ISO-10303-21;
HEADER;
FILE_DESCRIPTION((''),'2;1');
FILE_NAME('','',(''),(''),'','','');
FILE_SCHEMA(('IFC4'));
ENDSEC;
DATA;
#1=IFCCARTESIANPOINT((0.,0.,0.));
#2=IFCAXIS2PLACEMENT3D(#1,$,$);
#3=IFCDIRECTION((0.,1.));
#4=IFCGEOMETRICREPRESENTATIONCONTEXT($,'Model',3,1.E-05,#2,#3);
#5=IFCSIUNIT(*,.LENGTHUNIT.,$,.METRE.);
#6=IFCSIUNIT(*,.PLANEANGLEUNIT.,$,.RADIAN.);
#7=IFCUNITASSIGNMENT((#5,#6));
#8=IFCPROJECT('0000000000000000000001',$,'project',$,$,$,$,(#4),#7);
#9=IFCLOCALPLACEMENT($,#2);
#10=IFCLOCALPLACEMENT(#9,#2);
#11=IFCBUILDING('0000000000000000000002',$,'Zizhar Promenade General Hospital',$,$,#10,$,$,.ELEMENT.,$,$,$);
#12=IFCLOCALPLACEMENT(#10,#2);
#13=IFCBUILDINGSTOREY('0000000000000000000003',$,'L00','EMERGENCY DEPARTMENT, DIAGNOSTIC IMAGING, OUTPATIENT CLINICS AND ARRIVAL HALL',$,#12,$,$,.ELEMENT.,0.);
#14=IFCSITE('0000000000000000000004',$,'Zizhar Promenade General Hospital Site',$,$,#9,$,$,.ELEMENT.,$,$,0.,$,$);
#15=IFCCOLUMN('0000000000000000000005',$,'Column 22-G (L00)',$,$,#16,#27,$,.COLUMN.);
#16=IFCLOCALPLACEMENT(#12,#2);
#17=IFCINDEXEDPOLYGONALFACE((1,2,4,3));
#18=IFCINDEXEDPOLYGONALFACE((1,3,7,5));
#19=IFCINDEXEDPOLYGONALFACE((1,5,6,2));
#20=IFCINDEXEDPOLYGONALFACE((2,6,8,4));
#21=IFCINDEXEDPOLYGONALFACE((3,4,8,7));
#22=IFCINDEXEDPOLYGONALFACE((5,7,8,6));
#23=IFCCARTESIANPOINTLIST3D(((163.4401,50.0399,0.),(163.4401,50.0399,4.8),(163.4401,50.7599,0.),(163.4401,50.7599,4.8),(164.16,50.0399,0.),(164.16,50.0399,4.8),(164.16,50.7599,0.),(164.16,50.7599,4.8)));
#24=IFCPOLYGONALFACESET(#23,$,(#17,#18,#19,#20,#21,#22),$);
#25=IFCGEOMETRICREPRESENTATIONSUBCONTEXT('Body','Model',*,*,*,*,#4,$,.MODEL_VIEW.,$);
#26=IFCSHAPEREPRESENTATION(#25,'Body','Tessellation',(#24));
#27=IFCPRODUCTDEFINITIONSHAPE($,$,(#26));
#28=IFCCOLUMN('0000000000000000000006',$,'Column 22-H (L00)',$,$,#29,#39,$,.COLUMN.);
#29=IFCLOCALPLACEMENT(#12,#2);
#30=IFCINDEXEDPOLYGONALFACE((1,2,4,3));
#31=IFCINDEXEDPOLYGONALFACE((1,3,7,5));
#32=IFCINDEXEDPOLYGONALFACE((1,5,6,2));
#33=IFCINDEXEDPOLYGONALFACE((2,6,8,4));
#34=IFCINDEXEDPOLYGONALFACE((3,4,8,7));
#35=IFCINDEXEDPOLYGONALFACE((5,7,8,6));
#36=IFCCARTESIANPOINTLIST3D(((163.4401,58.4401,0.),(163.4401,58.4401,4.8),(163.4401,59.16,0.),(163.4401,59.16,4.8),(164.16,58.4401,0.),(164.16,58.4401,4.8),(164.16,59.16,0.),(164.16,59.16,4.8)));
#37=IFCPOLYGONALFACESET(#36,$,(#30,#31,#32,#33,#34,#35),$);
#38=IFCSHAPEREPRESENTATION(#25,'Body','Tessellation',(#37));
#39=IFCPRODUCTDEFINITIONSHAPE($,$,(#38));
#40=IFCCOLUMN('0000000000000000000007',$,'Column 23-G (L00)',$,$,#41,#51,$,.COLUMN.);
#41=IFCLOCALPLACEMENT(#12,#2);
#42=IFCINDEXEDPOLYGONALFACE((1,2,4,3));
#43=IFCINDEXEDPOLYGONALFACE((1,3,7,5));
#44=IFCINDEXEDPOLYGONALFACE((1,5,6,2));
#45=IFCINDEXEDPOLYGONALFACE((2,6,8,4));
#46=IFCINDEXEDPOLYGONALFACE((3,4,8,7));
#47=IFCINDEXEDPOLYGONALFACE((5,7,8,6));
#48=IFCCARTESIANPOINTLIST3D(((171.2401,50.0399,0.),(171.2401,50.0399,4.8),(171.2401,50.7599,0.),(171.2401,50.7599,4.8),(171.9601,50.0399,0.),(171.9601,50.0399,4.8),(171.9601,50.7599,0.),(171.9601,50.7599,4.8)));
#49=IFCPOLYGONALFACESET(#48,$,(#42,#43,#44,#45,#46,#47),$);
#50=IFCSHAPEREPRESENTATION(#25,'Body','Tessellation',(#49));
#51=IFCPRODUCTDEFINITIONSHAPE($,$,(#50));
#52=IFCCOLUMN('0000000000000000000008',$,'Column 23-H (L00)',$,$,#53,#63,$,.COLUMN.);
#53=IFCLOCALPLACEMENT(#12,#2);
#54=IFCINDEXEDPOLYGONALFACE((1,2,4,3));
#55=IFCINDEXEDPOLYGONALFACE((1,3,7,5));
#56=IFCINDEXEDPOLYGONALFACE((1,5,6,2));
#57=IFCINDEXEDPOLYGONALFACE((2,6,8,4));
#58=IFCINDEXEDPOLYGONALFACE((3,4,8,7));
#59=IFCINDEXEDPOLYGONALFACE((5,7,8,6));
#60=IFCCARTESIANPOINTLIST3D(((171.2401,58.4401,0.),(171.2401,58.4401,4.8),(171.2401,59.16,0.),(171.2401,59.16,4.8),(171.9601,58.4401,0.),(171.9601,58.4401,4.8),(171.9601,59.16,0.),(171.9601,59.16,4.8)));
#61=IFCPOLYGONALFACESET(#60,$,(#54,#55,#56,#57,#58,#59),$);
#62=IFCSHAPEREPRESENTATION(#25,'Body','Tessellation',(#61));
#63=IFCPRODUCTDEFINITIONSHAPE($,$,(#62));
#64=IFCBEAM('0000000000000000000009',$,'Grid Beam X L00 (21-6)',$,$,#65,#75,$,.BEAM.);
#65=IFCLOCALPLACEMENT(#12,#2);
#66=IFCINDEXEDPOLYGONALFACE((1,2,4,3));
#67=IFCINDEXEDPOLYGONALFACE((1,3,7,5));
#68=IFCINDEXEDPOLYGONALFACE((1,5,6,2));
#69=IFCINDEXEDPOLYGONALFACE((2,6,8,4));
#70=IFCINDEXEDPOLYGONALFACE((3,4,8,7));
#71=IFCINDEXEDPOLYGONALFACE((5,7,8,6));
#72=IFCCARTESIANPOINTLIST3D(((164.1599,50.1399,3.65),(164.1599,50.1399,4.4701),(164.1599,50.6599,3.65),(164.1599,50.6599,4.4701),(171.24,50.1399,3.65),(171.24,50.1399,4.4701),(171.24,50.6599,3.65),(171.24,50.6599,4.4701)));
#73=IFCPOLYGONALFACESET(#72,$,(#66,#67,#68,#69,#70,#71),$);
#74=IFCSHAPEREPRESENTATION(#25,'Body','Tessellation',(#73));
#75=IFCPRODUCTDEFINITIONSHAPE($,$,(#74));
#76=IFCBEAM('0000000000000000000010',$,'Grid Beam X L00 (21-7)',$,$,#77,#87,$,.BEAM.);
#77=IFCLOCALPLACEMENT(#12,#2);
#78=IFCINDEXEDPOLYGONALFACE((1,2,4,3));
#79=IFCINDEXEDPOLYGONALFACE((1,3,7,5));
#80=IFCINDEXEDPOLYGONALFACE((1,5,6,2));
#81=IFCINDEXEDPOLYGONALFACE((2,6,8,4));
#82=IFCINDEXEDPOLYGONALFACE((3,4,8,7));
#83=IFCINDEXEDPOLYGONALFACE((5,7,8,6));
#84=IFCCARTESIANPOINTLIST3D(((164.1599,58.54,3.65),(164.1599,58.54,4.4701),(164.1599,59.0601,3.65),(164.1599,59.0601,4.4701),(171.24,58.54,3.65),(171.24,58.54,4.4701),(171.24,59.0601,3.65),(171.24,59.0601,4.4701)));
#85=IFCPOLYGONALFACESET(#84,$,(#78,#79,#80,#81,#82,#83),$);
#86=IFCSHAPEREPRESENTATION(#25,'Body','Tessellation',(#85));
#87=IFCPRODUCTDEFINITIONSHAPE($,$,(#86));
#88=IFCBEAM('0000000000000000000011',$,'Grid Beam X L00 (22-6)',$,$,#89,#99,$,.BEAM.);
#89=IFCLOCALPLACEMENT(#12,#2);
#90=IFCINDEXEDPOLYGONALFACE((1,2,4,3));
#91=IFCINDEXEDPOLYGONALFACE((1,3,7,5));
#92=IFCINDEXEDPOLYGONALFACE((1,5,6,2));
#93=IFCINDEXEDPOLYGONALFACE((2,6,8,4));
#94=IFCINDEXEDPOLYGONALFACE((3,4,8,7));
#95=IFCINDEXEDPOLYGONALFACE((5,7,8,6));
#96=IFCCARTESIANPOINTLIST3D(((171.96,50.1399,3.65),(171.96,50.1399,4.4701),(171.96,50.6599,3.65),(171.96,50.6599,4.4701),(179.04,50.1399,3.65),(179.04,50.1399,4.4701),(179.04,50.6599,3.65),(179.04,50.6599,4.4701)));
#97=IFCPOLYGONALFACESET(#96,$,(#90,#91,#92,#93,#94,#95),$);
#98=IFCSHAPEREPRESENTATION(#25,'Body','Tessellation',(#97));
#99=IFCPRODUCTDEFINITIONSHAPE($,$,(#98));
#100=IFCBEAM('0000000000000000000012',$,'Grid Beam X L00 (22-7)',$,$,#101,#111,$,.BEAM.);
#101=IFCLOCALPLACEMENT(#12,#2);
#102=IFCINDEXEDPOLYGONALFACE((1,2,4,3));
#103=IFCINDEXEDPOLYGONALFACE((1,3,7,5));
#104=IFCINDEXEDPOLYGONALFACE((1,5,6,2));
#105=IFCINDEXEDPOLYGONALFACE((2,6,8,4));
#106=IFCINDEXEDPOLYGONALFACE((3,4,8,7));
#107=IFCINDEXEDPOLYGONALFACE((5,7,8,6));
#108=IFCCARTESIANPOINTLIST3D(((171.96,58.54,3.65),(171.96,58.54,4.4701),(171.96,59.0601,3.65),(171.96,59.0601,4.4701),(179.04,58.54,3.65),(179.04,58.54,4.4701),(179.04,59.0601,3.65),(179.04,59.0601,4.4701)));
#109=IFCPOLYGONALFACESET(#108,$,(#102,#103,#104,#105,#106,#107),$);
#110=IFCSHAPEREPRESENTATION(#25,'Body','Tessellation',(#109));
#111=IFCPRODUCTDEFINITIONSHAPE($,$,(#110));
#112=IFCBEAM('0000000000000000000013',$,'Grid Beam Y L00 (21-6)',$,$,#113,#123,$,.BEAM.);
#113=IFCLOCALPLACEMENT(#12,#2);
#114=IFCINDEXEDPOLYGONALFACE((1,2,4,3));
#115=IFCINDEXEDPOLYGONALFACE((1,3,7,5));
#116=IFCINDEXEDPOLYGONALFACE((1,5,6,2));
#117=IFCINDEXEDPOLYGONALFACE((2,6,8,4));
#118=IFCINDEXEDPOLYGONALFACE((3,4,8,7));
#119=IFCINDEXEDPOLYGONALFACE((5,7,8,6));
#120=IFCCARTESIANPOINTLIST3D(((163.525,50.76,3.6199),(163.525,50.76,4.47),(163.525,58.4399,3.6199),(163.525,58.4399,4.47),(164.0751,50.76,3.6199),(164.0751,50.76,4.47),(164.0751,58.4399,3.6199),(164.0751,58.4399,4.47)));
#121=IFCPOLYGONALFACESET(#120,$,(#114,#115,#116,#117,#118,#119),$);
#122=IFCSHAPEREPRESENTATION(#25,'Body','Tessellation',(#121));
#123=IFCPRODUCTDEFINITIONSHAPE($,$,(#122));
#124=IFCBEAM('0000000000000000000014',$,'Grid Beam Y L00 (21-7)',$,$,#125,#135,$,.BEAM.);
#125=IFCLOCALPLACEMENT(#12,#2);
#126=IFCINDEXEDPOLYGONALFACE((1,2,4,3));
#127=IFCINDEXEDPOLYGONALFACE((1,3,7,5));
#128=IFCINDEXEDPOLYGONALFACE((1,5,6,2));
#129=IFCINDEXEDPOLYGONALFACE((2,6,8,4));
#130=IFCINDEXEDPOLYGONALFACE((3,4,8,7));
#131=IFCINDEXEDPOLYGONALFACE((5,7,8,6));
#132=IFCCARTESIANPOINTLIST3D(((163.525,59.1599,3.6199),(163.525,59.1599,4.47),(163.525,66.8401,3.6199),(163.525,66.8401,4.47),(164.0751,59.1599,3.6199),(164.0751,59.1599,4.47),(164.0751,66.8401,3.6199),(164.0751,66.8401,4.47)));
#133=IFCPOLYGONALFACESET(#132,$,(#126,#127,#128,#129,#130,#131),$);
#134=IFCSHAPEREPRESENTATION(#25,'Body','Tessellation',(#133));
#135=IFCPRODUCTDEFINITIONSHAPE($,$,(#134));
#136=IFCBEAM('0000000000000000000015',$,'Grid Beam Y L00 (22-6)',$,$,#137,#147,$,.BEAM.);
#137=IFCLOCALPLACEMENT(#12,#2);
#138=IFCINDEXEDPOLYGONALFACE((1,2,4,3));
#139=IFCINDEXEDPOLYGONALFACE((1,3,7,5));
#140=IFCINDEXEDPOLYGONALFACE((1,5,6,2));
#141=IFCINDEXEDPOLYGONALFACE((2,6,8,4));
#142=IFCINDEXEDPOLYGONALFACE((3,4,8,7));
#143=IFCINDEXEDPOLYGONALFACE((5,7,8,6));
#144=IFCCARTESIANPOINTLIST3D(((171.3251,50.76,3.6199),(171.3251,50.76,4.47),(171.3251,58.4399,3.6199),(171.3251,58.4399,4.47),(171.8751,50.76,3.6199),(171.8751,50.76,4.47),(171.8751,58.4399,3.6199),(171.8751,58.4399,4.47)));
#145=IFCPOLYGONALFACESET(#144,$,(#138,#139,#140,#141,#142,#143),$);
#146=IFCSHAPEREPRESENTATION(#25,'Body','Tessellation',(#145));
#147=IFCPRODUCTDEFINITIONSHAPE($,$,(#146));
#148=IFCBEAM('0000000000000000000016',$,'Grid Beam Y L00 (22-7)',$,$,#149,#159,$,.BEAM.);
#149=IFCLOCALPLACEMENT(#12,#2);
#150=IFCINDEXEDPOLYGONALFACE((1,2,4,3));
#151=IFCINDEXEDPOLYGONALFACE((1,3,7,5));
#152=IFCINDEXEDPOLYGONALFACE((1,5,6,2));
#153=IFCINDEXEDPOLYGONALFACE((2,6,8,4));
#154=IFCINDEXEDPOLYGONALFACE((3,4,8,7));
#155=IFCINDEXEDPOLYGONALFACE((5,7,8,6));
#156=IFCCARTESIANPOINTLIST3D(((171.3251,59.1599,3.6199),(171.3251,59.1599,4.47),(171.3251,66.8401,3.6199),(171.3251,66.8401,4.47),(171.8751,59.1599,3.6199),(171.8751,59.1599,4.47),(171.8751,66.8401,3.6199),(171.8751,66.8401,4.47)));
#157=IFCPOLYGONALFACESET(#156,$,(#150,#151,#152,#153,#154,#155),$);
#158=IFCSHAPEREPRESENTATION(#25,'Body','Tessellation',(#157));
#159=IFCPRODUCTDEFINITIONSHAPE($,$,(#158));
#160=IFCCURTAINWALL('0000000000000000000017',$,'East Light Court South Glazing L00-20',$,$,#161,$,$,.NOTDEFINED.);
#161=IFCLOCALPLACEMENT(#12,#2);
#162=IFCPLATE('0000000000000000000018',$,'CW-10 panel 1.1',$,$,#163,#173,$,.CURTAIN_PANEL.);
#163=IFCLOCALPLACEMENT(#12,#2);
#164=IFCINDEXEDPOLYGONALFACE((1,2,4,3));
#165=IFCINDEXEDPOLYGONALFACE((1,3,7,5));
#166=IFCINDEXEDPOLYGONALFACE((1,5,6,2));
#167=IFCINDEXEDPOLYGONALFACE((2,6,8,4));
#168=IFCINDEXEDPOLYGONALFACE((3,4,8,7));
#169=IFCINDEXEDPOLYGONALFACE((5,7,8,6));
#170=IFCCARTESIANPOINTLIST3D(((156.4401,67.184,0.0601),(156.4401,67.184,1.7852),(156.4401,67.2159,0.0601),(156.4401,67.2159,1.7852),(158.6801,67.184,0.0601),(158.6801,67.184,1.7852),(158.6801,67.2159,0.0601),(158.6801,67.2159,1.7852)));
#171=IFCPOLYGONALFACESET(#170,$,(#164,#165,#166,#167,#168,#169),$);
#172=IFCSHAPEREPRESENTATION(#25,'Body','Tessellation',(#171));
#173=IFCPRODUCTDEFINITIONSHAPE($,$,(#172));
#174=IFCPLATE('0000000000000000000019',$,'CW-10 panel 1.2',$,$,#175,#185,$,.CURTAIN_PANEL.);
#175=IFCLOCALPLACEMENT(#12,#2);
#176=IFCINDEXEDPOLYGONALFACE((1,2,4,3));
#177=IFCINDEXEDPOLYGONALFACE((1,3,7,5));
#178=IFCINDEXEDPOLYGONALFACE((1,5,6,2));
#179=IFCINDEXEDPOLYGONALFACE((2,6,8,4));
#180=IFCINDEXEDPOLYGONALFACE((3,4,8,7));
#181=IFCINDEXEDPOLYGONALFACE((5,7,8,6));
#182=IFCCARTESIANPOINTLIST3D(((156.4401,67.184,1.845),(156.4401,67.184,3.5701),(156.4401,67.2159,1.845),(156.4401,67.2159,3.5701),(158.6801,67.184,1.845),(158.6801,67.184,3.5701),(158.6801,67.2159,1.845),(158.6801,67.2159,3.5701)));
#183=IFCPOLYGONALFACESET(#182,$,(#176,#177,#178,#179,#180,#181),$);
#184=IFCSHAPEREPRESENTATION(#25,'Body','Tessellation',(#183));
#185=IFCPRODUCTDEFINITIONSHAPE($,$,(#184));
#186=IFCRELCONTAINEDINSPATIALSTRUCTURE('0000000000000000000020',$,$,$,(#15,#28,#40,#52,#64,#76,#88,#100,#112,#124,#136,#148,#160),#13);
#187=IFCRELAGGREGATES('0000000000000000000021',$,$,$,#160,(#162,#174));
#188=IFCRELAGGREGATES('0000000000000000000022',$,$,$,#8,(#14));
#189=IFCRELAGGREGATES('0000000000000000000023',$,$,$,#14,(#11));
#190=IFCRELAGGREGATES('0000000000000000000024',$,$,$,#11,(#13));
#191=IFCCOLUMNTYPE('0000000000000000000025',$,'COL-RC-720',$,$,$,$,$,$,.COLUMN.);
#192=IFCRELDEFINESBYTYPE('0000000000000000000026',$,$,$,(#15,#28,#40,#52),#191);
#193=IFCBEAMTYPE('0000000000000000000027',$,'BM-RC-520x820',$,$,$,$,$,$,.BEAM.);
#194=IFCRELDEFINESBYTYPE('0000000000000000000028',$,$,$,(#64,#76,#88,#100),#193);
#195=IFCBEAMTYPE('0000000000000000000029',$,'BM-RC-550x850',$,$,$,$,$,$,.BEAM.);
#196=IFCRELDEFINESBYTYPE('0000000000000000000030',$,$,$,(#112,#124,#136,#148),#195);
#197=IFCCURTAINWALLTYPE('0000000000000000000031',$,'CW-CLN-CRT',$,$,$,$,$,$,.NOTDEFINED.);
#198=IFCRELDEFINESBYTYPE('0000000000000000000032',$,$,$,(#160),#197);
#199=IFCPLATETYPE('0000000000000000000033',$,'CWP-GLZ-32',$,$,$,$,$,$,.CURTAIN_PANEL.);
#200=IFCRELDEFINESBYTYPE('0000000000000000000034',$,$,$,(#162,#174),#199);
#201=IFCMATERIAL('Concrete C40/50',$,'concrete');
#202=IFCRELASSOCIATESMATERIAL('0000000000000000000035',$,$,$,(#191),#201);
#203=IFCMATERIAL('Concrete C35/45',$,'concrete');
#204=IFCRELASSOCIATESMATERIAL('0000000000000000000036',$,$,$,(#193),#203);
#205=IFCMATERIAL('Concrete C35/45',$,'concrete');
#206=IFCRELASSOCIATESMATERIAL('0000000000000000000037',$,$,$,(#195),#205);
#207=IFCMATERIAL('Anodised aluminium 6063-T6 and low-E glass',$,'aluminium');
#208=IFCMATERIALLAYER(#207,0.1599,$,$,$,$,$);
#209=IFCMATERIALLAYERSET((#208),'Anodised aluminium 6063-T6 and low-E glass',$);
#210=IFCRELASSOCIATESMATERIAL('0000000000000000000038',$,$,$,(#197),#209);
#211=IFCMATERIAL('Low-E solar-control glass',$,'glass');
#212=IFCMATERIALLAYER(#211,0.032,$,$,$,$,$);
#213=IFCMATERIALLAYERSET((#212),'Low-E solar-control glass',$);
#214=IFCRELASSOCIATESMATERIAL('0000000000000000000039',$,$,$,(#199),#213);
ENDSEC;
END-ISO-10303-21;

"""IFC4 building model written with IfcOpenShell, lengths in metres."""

from ifc_helpers import new_model, si_unit, direction, frame, origin, origin_2d, place, context, subcontext, project, spatial, rectangle, extrude, material, layer, layer_set, material_profile, profile_set, type_object, element, aggregate, save


model = new_model("IFC4")

# Units and contexts
model_context = context("Model", 3, precision=1e-05, world=origin(), true_north=direction((0.0, 1.0)))
body_context = subcontext(model_context, "Body", "Model", "MODEL_VIEW")
ifc_project = project(units=[si_unit("LENGTHUNIT", "METRE"), si_unit("PLANEANGLEUNIT", "RADIAN")], contexts=[model_context])

# Site, building, storey
site_placement = place(None, origin())
site = spatial("IfcSite", under=ifc_project, at=site_placement, Name="Zizhar Promenade General Hospital Site", CompositionType="ELEMENT", RefElevation=0.0)
building_placement = place(site_placement, origin())
building = spatial("IfcBuilding", under=site, at=building_placement, Name="Zizhar Promenade General Hospital", CompositionType="ELEMENT")
storey_placement = place(building_placement, origin())
storey = spatial("IfcBuildingStorey", under=building, at=storey_placement, Name="L00", Description="EMERGENCY DEPARTMENT, DIAGNOSTIC IMAGING, OUTPATIENT CLINICS AND ARRIVAL HALL", CompositionType="ELEMENT", Elevation=0.0)

# Columns
ifc_material_1 = material(Name="Concrete C40/50", Category="concrete")
ifc_material_profile_1 = material_profile(ifc_material_1, rectangle(XDim=0.72, YDim=0.72, at=origin_2d()))
ifc_profile_set_1 = profile_set([ifc_material_profile_1], Name="Concrete C40/50")
column_type = type_object("IfcColumnType", Name="COL-RC-720", PredefinedType="COLUMN", material=ifc_profile_set_1)
for number, where, z_axis, x_axis, name in (
    (1, (163.8, 50.3999, 0.0), (0.0, 0.0, 1.0), (1.0, 0.0, 0.0), "Column 22-G (L00)"),
    (2, (163.8, 58.8, 0.0), (0.0, 0.0, 1.0), (1.0, 0.0, 0.0), "Column 22-H (L00)"),
    (3, (171.6001, 50.3999, 0.0), (0.0, 0.0, 1.0), (1.0, 0.0, 0.0), "Column 23-G (L00)"),
    (4, (171.6001, 58.8, 0.0), (0.0, 0.0, 1.0), (1.0, 0.0, 0.0), "Column 23-H (L00)"),
):
    element("IfcColumn", number, at=place(storey_placement, frame(where, z_axis=z_axis, x_axis=x_axis)), inside=storey, type_object=column_type, Name=name, PredefinedType="COLUMN", context=body_context, shape_type="SweptSolid", body=[
        extrude(rectangle(XDim=0.72, YDim=0.72, at=origin_2d()), origin(), (0.0, 0.0, 1.0), 4.8),
    ])

# Beams
ifc_material_2 = material(Name="Concrete C35/45", Category="concrete")
ifc_material_profile_2 = material_profile(ifc_material_2, rectangle(XDim=0.52, YDim=0.8201, at=origin_2d()))
ifc_profile_set_2 = profile_set([ifc_material_profile_2], Name="Concrete C35/45")
beam_type_1 = type_object("IfcBeamType", Name="BM-RC-520x820", PredefinedType="BEAM", material=ifc_profile_set_2)
for number, where, z_axis, x_axis, name in (
    (5, (164.1599, 50.3999, 4.0601), (1.0, 0.0, 0.0), (0.0, 1.0, 0.0), "Grid Beam X L00 (21-6)"),
    (6, (164.1599, 58.8, 4.0601), (1.0, 0.0, 0.0), (0.0, 1.0, 0.0), "Grid Beam X L00 (21-7)"),
    (7, (171.96, 50.3999, 4.0601), (1.0, 0.0, 0.0), (0.0, 1.0, 0.0), "Grid Beam X L00 (22-6)"),
    (8, (171.96, 58.8, 4.0601), (1.0, 0.0, 0.0), (0.0, 1.0, 0.0), "Grid Beam X L00 (22-7)"),
):
    element("IfcBeam", number, at=place(storey_placement, frame(where, z_axis=z_axis, x_axis=x_axis)), inside=storey, type_object=beam_type_1, Name=name, PredefinedType="BEAM", context=body_context, shape_type="SweptSolid", body=[
        extrude(rectangle(XDim=0.52, YDim=0.8201, at=origin_2d()), origin(), (0.0, 0.0, 1.0), 7.0801),
    ])
ifc_material_3 = material(Name="Concrete C35/45", Category="concrete")
ifc_material_profile_3 = material_profile(ifc_material_3, rectangle(XDim=0.55, YDim=0.8501, at=origin_2d()))
ifc_profile_set_3 = profile_set([ifc_material_profile_3], Name="Concrete C35/45")
beam_type_2 = type_object("IfcBeamType", Name="BM-RC-550x850", PredefinedType="BEAM", material=ifc_profile_set_3)
beam_1_placement = place(storey_placement, frame((163.8, 50.76, 4.0449), z_axis=(0.0, 1.0, 0.0), x_axis=(-1.0, 0.0, 0.0)))
element("IfcBeam", 9, at=beam_1_placement, inside=storey, type_object=beam_type_2, Name="Grid Beam Y L00 (21-6)", PredefinedType="BEAM", context=body_context, shape_type="SweptSolid", body=[
    extrude(rectangle(XDim=0.55, YDim=0.8501, at=origin_2d()), origin(), (0.0, 0.0, 1.0), 7.6799),
])
beam_2_placement = place(storey_placement, frame((163.8, 59.1599, 4.0449), z_axis=(0.0, 1.0, 0.0), x_axis=(-1.0, 0.0, 0.0)))
element("IfcBeam", 10, at=beam_2_placement, inside=storey, type_object=beam_type_2, Name="Grid Beam Y L00 (21-7)", PredefinedType="BEAM", context=body_context, shape_type="SweptSolid", body=[
    extrude(rectangle(XDim=0.55, YDim=0.8501, at=origin_2d()), origin(), (0.0, 0.0, 1.0), 7.6802),
])
beam_3_placement = place(storey_placement, frame((171.6001, 50.76, 4.0449), z_axis=(0.0, 1.0, 0.0), x_axis=(-1.0, 0.0, 0.0)))
element("IfcBeam", 11, at=beam_3_placement, inside=storey, type_object=beam_type_2, Name="Grid Beam Y L00 (22-6)", PredefinedType="BEAM", context=body_context, shape_type="SweptSolid", body=[
    extrude(rectangle(XDim=0.55, YDim=0.8501, at=origin_2d()), origin(), (0.0, 0.0, 1.0), 7.6799),
])
beam_4_placement = place(storey_placement, frame((171.6001, 59.1599, 4.0449), z_axis=(0.0, 1.0, 0.0), x_axis=(-1.0, 0.0, 0.0)))
element("IfcBeam", 12, at=beam_4_placement, inside=storey, type_object=beam_type_2, Name="Grid Beam Y L00 (22-7)", PredefinedType="BEAM", context=body_context, shape_type="SweptSolid", body=[
    extrude(rectangle(XDim=0.55, YDim=0.8501, at=origin_2d()), origin(), (0.0, 0.0, 1.0), 7.6802),
])

# Curtain wall, plates
ifc_material_4 = material(Name="Anodised aluminium 6063-T6 and low-E glass", Category="aluminium")
ifc_layer_1 = layer(ifc_material_4, 0.1599)
ifc_layer_set_1 = layer_set([ifc_layer_1], Name="Anodised aluminium 6063-T6 and low-E glass")
curtain_wall_type = type_object("IfcCurtainWallType", Name="CW-CLN-CRT", PredefinedType="NOTDEFINED", material=ifc_layer_set_1)
curtain_wall_placement = place(storey_placement, origin())
curtain_wall = element("IfcCurtainWall", 13, at=curtain_wall_placement, inside=storey, type_object=curtain_wall_type, Name="East Light Court South Glazing L00-20", PredefinedType="NOTDEFINED")
ifc_material_5 = material(Name="Low-E solar-control glass", Category="glass")
ifc_layer_2 = layer(ifc_material_5, 0.032)
ifc_layer_set_2 = layer_set([ifc_layer_2], Name="Low-E solar-control glass")
plate_type = type_object("IfcPlateType", Name="CWP-GLZ-32", PredefinedType="CURTAIN_PANEL", material=ifc_layer_set_2)
plate_1_placement = place(storey_placement, frame((157.5601, 67.2, 0.0601), z_axis=(0.0, 0.0, 1.0), x_axis=(1.0, 0.0, 0.0)))
plate_1 = element("IfcPlate", 14, at=plate_1_placement, type_object=plate_type, Name="CW-10 panel 1.1", PredefinedType="CURTAIN_PANEL", context=body_context, shape_type="SweptSolid", body=[
    extrude(rectangle(XDim=2.24, YDim=0.032, at=origin_2d()), origin(), (0.0, 0.0, 1.0), 1.7251),
])
plate_2_placement = place(storey_placement, frame((157.5601, 67.2, 1.845), z_axis=(0.0, 0.0, 1.0), x_axis=(1.0, 0.0, 0.0)))
plate_2 = element("IfcPlate", 15, at=plate_2_placement, type_object=plate_type, Name="CW-10 panel 1.2", PredefinedType="CURTAIN_PANEL", context=body_context, shape_type="SweptSolid", body=[
    extrude(rectangle(XDim=2.24, YDim=0.032, at=origin_2d()), origin(), (0.0, 0.0, 1.0), 1.7251),
])
aggregate(curtain_wall, [plate_1, plate_2])

save(model, "model.ifc")
